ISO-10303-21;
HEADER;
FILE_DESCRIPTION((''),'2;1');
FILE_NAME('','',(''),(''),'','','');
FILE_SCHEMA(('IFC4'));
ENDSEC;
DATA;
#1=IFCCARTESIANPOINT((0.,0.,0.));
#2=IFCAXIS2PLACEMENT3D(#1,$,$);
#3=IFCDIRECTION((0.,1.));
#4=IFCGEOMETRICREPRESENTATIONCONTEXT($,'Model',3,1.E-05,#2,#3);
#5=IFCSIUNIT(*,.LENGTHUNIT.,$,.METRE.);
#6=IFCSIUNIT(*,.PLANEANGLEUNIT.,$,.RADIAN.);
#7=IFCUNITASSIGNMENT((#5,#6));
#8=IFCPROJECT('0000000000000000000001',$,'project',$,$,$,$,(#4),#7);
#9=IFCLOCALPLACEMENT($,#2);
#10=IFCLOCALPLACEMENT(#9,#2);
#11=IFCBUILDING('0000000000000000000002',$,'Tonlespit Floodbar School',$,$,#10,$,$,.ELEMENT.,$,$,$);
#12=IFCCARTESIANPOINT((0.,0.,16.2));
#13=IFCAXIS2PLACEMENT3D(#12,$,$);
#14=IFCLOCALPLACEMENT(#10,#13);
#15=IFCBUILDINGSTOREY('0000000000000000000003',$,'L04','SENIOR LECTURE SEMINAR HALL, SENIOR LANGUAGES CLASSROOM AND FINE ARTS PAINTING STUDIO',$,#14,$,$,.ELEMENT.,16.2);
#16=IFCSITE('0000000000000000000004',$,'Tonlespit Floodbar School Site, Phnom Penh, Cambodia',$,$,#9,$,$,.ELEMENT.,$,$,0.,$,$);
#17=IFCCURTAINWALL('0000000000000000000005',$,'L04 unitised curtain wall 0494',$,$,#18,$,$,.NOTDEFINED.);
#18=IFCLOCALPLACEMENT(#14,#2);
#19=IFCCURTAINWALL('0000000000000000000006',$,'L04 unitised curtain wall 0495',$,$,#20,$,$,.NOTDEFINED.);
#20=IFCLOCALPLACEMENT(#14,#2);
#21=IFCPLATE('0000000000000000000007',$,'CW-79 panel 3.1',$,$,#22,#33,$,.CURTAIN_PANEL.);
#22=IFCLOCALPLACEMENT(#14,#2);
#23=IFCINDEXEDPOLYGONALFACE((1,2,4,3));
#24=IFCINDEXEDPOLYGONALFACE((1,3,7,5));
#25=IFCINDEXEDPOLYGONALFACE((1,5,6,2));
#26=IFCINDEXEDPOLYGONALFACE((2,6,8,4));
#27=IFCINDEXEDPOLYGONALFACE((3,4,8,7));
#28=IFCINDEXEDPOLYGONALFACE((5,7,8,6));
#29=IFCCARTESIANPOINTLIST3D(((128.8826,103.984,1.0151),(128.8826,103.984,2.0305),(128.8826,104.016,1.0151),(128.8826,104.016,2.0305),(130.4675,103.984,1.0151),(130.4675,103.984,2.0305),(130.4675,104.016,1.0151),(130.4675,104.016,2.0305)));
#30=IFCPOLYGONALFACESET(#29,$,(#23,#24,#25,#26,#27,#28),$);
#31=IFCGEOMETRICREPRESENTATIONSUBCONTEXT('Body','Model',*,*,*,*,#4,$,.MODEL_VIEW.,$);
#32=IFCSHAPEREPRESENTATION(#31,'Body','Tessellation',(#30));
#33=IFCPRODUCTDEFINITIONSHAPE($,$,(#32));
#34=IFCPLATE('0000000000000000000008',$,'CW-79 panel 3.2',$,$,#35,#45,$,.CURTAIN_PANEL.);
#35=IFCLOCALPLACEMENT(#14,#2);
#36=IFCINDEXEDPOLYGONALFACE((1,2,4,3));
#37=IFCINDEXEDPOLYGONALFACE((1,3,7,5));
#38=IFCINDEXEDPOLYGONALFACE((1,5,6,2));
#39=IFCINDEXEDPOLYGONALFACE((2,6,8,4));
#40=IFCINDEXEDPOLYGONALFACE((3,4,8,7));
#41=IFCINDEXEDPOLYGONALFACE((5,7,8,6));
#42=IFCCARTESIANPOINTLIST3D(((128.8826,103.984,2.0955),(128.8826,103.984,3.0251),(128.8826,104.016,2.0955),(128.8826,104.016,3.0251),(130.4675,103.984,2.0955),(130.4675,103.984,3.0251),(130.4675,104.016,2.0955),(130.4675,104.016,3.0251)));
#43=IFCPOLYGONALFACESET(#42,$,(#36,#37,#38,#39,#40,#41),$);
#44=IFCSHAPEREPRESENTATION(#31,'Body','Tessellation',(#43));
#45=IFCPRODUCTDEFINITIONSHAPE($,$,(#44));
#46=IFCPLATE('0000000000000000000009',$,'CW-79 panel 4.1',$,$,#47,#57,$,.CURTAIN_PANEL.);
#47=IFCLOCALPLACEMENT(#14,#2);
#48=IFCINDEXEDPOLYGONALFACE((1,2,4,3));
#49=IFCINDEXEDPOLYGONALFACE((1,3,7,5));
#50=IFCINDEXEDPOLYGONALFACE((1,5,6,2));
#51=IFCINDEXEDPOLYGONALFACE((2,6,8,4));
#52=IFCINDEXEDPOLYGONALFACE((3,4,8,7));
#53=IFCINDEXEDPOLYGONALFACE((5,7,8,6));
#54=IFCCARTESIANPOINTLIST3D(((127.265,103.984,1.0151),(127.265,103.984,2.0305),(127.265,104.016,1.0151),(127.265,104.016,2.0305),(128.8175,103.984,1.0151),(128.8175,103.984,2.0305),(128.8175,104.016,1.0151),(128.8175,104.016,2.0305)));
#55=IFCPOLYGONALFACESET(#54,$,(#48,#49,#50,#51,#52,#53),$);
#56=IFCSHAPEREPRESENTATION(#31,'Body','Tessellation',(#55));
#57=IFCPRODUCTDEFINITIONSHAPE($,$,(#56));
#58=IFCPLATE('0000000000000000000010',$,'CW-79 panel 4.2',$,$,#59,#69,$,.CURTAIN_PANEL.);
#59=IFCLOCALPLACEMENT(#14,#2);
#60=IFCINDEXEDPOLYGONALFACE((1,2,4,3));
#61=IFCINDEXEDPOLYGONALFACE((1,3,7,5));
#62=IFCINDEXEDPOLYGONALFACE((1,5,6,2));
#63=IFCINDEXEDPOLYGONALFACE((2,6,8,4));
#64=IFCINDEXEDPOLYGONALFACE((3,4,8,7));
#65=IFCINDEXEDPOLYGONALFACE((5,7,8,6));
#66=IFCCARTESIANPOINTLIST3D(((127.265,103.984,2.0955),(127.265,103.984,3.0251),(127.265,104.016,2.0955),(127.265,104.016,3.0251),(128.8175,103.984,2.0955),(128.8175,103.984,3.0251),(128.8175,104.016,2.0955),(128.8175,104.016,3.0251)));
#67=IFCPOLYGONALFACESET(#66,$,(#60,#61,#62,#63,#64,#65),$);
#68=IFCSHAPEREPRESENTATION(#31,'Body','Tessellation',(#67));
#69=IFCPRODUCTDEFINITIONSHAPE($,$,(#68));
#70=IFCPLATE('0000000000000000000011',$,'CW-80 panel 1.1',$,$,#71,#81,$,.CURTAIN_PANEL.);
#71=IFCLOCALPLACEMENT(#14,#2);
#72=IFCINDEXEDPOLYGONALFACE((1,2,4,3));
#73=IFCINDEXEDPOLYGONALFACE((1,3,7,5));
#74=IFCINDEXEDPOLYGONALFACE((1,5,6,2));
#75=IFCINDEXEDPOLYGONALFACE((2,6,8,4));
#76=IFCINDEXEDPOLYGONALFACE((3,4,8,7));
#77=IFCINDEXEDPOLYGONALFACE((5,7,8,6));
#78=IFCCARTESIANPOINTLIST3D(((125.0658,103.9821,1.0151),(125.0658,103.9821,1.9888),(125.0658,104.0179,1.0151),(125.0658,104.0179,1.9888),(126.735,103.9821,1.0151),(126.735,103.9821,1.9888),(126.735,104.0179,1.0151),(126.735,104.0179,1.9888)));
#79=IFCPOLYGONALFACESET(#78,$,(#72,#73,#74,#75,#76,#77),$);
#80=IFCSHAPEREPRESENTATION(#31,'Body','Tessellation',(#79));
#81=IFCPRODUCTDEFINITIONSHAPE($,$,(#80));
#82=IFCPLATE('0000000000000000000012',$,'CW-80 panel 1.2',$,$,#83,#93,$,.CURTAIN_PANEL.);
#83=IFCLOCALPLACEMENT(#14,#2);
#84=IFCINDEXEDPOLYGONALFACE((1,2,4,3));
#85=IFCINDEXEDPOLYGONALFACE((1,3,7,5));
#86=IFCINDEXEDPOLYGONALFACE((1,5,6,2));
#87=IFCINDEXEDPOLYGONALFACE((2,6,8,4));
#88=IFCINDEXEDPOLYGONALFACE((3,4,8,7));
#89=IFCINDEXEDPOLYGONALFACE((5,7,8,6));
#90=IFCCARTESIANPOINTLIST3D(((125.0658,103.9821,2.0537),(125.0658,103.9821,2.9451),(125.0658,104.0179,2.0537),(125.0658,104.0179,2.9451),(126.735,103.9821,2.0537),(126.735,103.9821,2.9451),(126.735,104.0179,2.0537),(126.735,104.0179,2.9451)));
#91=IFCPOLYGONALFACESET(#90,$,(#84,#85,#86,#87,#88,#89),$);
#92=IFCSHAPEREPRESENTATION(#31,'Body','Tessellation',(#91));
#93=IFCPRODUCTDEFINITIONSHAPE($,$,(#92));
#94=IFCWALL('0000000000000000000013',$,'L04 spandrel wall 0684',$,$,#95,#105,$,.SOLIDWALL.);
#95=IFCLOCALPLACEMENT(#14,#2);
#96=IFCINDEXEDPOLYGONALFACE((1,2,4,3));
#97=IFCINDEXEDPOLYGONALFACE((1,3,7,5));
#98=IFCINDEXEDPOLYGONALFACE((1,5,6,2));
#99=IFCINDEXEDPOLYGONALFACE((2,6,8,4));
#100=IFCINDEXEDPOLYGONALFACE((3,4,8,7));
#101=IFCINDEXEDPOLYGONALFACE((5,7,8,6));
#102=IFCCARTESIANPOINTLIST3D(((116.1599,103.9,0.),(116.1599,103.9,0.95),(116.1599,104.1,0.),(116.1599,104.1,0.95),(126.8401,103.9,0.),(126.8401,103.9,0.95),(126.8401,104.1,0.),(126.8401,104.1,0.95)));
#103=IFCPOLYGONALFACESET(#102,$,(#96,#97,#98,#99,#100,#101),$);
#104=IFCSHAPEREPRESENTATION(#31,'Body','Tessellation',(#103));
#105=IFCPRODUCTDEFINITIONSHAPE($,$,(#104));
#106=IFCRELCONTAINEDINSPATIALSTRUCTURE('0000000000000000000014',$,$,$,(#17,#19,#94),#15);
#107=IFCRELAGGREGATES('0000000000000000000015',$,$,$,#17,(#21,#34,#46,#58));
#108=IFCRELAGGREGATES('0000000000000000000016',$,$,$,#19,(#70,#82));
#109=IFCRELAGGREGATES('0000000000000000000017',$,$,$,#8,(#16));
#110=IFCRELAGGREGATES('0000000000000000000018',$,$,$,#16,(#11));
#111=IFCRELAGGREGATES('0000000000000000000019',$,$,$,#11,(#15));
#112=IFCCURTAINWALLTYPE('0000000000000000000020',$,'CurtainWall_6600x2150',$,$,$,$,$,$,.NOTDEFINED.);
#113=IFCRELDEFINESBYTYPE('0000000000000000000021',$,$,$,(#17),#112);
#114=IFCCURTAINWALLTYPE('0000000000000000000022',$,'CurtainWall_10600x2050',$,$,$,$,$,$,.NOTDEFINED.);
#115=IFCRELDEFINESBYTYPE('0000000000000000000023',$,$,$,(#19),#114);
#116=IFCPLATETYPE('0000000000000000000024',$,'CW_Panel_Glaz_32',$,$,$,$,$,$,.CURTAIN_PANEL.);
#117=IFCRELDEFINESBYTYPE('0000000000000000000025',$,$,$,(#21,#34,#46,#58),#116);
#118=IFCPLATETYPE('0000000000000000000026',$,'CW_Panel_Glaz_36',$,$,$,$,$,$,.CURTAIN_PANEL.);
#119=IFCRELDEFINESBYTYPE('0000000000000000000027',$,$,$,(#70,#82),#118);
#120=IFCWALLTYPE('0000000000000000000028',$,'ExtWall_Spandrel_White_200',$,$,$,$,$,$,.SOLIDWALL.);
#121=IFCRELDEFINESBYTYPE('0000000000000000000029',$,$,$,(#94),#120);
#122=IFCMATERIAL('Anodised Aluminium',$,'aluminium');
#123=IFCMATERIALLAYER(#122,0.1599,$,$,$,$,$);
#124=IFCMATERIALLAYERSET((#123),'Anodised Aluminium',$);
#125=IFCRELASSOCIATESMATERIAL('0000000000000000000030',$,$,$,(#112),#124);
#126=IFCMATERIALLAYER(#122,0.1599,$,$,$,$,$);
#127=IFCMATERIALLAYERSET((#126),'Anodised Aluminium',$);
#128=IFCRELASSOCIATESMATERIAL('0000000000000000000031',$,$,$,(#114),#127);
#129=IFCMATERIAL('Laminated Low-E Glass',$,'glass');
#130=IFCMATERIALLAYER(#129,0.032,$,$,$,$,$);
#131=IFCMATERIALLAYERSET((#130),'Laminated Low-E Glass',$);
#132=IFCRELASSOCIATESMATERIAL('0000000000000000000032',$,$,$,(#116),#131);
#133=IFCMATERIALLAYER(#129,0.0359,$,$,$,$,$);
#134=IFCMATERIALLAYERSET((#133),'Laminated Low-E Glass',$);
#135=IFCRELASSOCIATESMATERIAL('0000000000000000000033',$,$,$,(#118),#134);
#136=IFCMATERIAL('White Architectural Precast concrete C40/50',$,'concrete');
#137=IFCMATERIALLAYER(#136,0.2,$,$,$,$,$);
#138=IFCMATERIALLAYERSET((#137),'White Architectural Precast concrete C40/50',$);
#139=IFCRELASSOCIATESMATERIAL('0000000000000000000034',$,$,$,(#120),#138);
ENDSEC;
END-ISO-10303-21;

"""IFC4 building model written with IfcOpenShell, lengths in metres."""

from ifc_helpers import new_model, si_unit, direction, frame, frame_2d, origin, origin_2d, place, context, subcontext, project, spatial, rectangle, extrude, material, layer, layer_set, type_object, element, aggregate, save


model = new_model("IFC4")

# Units and contexts
model_context = context("Model", 3, precision=1e-05, world=origin(), true_north=direction((0.0, 1.0)))
body_context = subcontext(model_context, "Body", "Model", "MODEL_VIEW")
ifc_project = project(units=[si_unit("LENGTHUNIT", "METRE"), si_unit("PLANEANGLEUNIT", "RADIAN")], contexts=[model_context])

# Site, building, storey
site_placement = place(None, origin())
site = spatial("IfcSite", under=ifc_project, at=site_placement, Name="Tonlespit Floodbar School Site, Phnom Penh, Cambodia", CompositionType="ELEMENT", RefElevation=0.0)
building_placement = place(site_placement, origin())
building = spatial("IfcBuilding", under=site, at=building_placement, Name="Tonlespit Floodbar School", CompositionType="ELEMENT")
storey_placement = place(building_placement, frame((0.0, 0.0, 16.2)))
storey = spatial("IfcBuildingStorey", under=building, at=storey_placement, Name="L04", Description="SENIOR LECTURE SEMINAR HALL, SENIOR LANGUAGES CLASSROOM AND FINE ARTS PAINTING STUDIO", CompositionType="ELEMENT", Elevation=16.2)

# Curtain walls
ifc_material_1 = material(Name="Anodised Aluminium", Category="aluminium")
ifc_layer_1 = layer(ifc_material_1, 0.1599)
ifc_layer_set_1 = layer_set([ifc_layer_1], Name="Anodised Aluminium")
curtain_wall_type_1 = type_object("IfcCurtainWallType", Name="CurtainWall_6600x2150", PredefinedType="NOTDEFINED", material=ifc_layer_set_1)
curtain_wall_1_placement = place(storey_placement, origin())
curtain_wall_1 = element("IfcCurtainWall", 1, at=curtain_wall_1_placement, inside=storey, type_object=curtain_wall_type_1, Name="L04 unitised curtain wall 0494", PredefinedType="NOTDEFINED")
ifc_layer_2 = layer(ifc_material_1, 0.1599)
ifc_layer_set_2 = layer_set([ifc_layer_2], Name="Anodised Aluminium")
curtain_wall_type_2 = type_object("IfcCurtainWallType", Name="CurtainWall_10600x2050", PredefinedType="NOTDEFINED", material=ifc_layer_set_2)
curtain_wall_2_placement = place(storey_placement, origin())
curtain_wall_2 = element("IfcCurtainWall", 2, at=curtain_wall_2_placement, inside=storey, type_object=curtain_wall_type_2, Name="L04 unitised curtain wall 0495", PredefinedType="NOTDEFINED")

# Plates
ifc_material_2 = material(Name="Laminated Low-E Glass", Category="glass")
ifc_layer_3 = layer(ifc_material_2, 0.032)
ifc_layer_set_3 = layer_set([ifc_layer_3], Name="Laminated Low-E Glass")
plate_type_1 = type_object("IfcPlateType", Name="CW_Panel_Glaz_32", PredefinedType="CURTAIN_PANEL", material=ifc_layer_set_3)
plate_1_placement = place(storey_placement, frame((129.675, 104.0, 1.0151), z_axis=(0.0, 0.0, 1.0), x_axis=(-1.0, 0.0, 0.0)))
plate_1 = element("IfcPlate", 3, at=plate_1_placement, type_object=plate_type_1, Name="CW-79 panel 3.1", PredefinedType="CURTAIN_PANEL", context=body_context, shape_type="SweptSolid", body=[
    extrude(rectangle(XDim=1.585, YDim=0.032, at=origin_2d()), origin(), (0.0, 0.0, 1.0), 1.0154),
])
plate_2_placement = place(storey_placement, frame((129.675, 104.0, 2.0955), z_axis=(0.0, 0.0, 1.0), x_axis=(-1.0, 0.0, 0.0)))
plate_2 = element("IfcPlate", 4, at=plate_2_placement, type_object=plate_type_1, Name="CW-79 panel 3.2", PredefinedType="CURTAIN_PANEL", context=body_context, shape_type="SweptSolid", body=[
    extrude(rectangle(XDim=1.585, YDim=0.032, at=origin_2d()), origin(), (0.0, 0.0, 1.0), 0.9297),
])
plate_3_placement = place(storey_placement, frame((128.0413, 104.0, 1.0151), z_axis=(0.0, 0.0, 1.0), x_axis=(-1.0, 0.0, 0.0)))
plate_3 = element("IfcPlate", 5, at=plate_3_placement, type_object=plate_type_1, Name="CW-79 panel 4.1", PredefinedType="CURTAIN_PANEL", context=body_context, shape_type="SweptSolid", body=[
    extrude(rectangle(XDim=1.5525, YDim=0.032, at=origin_2d()), origin(), (0.0, 0.0, 1.0), 1.0154),
])
plate_4_placement = place(storey_placement, frame((128.0413, 104.0, 2.0955), z_axis=(0.0, 0.0, 1.0), x_axis=(-1.0, 0.0, 0.0)))
plate_4 = element("IfcPlate", 6, at=plate_4_placement, type_object=plate_type_1, Name="CW-79 panel 4.2", PredefinedType="CURTAIN_PANEL", context=body_context, shape_type="SweptSolid", body=[
    extrude(rectangle(XDim=1.5525, YDim=0.032, at=origin_2d()), origin(), (0.0, 0.0, 1.0), 0.9297),
])
aggregate(curtain_wall_1, [plate_1, plate_2, plate_3, plate_4])
ifc_layer_4 = layer(ifc_material_2, 0.0359)
ifc_layer_set_4 = layer_set([ifc_layer_4], Name="Laminated Low-E Glass")
plate_type_2 = type_object("IfcPlateType", Name="CW_Panel_Glaz_36", PredefinedType="CURTAIN_PANEL", material=ifc_layer_set_4)
plate_5_placement = place(storey_placement, frame((125.9004, 104.0, 1.0151), z_axis=(0.0, 0.0, 1.0), x_axis=(-1.0, 0.0, 0.0)))
plate_5 = element("IfcPlate", 7, at=plate_5_placement, type_object=plate_type_2, Name="CW-80 panel 1.1", PredefinedType="CURTAIN_PANEL", context=body_context, shape_type="SweptSolid", body=[
    extrude(rectangle(XDim=1.6692, YDim=0.0359, at=origin_2d()), origin(), (0.0, 0.0, 1.0), 0.9736),
])
plate_6_placement = place(storey_placement, frame((125.9004, 104.0, 2.0537), z_axis=(0.0, 0.0, 1.0), x_axis=(-1.0, 0.0, 0.0)))
plate_6 = element("IfcPlate", 8, at=plate_6_placement, type_object=plate_type_2, Name="CW-80 panel 1.2", PredefinedType="CURTAIN_PANEL", context=body_context, shape_type="SweptSolid", body=[
    extrude(rectangle(XDim=1.6692, YDim=0.0359, at=origin_2d()), origin(), (0.0, 0.0, 1.0), 0.8914),
])
aggregate(curtain_wall_2, [plate_5, plate_6])

# Wall
ifc_material_3 = material(Name="White Architectural Precast concrete C40/50", Category="concrete")
ifc_layer_5 = layer(ifc_material_3, 0.2)
ifc_layer_set_5 = layer_set([ifc_layer_5], Name="White Architectural Precast concrete C40/50")
wall_type = type_object("IfcWallType", Name="ExtWall_Spandrel_White_200", PredefinedType="SOLIDWALL", material=ifc_layer_set_5)
wall_placement = place(storey_placement, frame((126.8401, 104.0, 0.0), z_axis=(0.0, 0.0, 1.0), x_axis=(-1.0, 0.0, 0.0)))
element("IfcWall", 9, at=wall_placement, inside=storey, type_object=wall_type, Name="L04 spandrel wall 0684", PredefinedType="SOLIDWALL", context=body_context, shape_type="SweptSolid", body=[
    extrude(rectangle(XDim=10.6802, YDim=0.2, at=frame_2d((5.3401, 0.0))), origin(), (0.0, 0.0, 1.0), 0.95),
])

save(model, "model.ifc")
